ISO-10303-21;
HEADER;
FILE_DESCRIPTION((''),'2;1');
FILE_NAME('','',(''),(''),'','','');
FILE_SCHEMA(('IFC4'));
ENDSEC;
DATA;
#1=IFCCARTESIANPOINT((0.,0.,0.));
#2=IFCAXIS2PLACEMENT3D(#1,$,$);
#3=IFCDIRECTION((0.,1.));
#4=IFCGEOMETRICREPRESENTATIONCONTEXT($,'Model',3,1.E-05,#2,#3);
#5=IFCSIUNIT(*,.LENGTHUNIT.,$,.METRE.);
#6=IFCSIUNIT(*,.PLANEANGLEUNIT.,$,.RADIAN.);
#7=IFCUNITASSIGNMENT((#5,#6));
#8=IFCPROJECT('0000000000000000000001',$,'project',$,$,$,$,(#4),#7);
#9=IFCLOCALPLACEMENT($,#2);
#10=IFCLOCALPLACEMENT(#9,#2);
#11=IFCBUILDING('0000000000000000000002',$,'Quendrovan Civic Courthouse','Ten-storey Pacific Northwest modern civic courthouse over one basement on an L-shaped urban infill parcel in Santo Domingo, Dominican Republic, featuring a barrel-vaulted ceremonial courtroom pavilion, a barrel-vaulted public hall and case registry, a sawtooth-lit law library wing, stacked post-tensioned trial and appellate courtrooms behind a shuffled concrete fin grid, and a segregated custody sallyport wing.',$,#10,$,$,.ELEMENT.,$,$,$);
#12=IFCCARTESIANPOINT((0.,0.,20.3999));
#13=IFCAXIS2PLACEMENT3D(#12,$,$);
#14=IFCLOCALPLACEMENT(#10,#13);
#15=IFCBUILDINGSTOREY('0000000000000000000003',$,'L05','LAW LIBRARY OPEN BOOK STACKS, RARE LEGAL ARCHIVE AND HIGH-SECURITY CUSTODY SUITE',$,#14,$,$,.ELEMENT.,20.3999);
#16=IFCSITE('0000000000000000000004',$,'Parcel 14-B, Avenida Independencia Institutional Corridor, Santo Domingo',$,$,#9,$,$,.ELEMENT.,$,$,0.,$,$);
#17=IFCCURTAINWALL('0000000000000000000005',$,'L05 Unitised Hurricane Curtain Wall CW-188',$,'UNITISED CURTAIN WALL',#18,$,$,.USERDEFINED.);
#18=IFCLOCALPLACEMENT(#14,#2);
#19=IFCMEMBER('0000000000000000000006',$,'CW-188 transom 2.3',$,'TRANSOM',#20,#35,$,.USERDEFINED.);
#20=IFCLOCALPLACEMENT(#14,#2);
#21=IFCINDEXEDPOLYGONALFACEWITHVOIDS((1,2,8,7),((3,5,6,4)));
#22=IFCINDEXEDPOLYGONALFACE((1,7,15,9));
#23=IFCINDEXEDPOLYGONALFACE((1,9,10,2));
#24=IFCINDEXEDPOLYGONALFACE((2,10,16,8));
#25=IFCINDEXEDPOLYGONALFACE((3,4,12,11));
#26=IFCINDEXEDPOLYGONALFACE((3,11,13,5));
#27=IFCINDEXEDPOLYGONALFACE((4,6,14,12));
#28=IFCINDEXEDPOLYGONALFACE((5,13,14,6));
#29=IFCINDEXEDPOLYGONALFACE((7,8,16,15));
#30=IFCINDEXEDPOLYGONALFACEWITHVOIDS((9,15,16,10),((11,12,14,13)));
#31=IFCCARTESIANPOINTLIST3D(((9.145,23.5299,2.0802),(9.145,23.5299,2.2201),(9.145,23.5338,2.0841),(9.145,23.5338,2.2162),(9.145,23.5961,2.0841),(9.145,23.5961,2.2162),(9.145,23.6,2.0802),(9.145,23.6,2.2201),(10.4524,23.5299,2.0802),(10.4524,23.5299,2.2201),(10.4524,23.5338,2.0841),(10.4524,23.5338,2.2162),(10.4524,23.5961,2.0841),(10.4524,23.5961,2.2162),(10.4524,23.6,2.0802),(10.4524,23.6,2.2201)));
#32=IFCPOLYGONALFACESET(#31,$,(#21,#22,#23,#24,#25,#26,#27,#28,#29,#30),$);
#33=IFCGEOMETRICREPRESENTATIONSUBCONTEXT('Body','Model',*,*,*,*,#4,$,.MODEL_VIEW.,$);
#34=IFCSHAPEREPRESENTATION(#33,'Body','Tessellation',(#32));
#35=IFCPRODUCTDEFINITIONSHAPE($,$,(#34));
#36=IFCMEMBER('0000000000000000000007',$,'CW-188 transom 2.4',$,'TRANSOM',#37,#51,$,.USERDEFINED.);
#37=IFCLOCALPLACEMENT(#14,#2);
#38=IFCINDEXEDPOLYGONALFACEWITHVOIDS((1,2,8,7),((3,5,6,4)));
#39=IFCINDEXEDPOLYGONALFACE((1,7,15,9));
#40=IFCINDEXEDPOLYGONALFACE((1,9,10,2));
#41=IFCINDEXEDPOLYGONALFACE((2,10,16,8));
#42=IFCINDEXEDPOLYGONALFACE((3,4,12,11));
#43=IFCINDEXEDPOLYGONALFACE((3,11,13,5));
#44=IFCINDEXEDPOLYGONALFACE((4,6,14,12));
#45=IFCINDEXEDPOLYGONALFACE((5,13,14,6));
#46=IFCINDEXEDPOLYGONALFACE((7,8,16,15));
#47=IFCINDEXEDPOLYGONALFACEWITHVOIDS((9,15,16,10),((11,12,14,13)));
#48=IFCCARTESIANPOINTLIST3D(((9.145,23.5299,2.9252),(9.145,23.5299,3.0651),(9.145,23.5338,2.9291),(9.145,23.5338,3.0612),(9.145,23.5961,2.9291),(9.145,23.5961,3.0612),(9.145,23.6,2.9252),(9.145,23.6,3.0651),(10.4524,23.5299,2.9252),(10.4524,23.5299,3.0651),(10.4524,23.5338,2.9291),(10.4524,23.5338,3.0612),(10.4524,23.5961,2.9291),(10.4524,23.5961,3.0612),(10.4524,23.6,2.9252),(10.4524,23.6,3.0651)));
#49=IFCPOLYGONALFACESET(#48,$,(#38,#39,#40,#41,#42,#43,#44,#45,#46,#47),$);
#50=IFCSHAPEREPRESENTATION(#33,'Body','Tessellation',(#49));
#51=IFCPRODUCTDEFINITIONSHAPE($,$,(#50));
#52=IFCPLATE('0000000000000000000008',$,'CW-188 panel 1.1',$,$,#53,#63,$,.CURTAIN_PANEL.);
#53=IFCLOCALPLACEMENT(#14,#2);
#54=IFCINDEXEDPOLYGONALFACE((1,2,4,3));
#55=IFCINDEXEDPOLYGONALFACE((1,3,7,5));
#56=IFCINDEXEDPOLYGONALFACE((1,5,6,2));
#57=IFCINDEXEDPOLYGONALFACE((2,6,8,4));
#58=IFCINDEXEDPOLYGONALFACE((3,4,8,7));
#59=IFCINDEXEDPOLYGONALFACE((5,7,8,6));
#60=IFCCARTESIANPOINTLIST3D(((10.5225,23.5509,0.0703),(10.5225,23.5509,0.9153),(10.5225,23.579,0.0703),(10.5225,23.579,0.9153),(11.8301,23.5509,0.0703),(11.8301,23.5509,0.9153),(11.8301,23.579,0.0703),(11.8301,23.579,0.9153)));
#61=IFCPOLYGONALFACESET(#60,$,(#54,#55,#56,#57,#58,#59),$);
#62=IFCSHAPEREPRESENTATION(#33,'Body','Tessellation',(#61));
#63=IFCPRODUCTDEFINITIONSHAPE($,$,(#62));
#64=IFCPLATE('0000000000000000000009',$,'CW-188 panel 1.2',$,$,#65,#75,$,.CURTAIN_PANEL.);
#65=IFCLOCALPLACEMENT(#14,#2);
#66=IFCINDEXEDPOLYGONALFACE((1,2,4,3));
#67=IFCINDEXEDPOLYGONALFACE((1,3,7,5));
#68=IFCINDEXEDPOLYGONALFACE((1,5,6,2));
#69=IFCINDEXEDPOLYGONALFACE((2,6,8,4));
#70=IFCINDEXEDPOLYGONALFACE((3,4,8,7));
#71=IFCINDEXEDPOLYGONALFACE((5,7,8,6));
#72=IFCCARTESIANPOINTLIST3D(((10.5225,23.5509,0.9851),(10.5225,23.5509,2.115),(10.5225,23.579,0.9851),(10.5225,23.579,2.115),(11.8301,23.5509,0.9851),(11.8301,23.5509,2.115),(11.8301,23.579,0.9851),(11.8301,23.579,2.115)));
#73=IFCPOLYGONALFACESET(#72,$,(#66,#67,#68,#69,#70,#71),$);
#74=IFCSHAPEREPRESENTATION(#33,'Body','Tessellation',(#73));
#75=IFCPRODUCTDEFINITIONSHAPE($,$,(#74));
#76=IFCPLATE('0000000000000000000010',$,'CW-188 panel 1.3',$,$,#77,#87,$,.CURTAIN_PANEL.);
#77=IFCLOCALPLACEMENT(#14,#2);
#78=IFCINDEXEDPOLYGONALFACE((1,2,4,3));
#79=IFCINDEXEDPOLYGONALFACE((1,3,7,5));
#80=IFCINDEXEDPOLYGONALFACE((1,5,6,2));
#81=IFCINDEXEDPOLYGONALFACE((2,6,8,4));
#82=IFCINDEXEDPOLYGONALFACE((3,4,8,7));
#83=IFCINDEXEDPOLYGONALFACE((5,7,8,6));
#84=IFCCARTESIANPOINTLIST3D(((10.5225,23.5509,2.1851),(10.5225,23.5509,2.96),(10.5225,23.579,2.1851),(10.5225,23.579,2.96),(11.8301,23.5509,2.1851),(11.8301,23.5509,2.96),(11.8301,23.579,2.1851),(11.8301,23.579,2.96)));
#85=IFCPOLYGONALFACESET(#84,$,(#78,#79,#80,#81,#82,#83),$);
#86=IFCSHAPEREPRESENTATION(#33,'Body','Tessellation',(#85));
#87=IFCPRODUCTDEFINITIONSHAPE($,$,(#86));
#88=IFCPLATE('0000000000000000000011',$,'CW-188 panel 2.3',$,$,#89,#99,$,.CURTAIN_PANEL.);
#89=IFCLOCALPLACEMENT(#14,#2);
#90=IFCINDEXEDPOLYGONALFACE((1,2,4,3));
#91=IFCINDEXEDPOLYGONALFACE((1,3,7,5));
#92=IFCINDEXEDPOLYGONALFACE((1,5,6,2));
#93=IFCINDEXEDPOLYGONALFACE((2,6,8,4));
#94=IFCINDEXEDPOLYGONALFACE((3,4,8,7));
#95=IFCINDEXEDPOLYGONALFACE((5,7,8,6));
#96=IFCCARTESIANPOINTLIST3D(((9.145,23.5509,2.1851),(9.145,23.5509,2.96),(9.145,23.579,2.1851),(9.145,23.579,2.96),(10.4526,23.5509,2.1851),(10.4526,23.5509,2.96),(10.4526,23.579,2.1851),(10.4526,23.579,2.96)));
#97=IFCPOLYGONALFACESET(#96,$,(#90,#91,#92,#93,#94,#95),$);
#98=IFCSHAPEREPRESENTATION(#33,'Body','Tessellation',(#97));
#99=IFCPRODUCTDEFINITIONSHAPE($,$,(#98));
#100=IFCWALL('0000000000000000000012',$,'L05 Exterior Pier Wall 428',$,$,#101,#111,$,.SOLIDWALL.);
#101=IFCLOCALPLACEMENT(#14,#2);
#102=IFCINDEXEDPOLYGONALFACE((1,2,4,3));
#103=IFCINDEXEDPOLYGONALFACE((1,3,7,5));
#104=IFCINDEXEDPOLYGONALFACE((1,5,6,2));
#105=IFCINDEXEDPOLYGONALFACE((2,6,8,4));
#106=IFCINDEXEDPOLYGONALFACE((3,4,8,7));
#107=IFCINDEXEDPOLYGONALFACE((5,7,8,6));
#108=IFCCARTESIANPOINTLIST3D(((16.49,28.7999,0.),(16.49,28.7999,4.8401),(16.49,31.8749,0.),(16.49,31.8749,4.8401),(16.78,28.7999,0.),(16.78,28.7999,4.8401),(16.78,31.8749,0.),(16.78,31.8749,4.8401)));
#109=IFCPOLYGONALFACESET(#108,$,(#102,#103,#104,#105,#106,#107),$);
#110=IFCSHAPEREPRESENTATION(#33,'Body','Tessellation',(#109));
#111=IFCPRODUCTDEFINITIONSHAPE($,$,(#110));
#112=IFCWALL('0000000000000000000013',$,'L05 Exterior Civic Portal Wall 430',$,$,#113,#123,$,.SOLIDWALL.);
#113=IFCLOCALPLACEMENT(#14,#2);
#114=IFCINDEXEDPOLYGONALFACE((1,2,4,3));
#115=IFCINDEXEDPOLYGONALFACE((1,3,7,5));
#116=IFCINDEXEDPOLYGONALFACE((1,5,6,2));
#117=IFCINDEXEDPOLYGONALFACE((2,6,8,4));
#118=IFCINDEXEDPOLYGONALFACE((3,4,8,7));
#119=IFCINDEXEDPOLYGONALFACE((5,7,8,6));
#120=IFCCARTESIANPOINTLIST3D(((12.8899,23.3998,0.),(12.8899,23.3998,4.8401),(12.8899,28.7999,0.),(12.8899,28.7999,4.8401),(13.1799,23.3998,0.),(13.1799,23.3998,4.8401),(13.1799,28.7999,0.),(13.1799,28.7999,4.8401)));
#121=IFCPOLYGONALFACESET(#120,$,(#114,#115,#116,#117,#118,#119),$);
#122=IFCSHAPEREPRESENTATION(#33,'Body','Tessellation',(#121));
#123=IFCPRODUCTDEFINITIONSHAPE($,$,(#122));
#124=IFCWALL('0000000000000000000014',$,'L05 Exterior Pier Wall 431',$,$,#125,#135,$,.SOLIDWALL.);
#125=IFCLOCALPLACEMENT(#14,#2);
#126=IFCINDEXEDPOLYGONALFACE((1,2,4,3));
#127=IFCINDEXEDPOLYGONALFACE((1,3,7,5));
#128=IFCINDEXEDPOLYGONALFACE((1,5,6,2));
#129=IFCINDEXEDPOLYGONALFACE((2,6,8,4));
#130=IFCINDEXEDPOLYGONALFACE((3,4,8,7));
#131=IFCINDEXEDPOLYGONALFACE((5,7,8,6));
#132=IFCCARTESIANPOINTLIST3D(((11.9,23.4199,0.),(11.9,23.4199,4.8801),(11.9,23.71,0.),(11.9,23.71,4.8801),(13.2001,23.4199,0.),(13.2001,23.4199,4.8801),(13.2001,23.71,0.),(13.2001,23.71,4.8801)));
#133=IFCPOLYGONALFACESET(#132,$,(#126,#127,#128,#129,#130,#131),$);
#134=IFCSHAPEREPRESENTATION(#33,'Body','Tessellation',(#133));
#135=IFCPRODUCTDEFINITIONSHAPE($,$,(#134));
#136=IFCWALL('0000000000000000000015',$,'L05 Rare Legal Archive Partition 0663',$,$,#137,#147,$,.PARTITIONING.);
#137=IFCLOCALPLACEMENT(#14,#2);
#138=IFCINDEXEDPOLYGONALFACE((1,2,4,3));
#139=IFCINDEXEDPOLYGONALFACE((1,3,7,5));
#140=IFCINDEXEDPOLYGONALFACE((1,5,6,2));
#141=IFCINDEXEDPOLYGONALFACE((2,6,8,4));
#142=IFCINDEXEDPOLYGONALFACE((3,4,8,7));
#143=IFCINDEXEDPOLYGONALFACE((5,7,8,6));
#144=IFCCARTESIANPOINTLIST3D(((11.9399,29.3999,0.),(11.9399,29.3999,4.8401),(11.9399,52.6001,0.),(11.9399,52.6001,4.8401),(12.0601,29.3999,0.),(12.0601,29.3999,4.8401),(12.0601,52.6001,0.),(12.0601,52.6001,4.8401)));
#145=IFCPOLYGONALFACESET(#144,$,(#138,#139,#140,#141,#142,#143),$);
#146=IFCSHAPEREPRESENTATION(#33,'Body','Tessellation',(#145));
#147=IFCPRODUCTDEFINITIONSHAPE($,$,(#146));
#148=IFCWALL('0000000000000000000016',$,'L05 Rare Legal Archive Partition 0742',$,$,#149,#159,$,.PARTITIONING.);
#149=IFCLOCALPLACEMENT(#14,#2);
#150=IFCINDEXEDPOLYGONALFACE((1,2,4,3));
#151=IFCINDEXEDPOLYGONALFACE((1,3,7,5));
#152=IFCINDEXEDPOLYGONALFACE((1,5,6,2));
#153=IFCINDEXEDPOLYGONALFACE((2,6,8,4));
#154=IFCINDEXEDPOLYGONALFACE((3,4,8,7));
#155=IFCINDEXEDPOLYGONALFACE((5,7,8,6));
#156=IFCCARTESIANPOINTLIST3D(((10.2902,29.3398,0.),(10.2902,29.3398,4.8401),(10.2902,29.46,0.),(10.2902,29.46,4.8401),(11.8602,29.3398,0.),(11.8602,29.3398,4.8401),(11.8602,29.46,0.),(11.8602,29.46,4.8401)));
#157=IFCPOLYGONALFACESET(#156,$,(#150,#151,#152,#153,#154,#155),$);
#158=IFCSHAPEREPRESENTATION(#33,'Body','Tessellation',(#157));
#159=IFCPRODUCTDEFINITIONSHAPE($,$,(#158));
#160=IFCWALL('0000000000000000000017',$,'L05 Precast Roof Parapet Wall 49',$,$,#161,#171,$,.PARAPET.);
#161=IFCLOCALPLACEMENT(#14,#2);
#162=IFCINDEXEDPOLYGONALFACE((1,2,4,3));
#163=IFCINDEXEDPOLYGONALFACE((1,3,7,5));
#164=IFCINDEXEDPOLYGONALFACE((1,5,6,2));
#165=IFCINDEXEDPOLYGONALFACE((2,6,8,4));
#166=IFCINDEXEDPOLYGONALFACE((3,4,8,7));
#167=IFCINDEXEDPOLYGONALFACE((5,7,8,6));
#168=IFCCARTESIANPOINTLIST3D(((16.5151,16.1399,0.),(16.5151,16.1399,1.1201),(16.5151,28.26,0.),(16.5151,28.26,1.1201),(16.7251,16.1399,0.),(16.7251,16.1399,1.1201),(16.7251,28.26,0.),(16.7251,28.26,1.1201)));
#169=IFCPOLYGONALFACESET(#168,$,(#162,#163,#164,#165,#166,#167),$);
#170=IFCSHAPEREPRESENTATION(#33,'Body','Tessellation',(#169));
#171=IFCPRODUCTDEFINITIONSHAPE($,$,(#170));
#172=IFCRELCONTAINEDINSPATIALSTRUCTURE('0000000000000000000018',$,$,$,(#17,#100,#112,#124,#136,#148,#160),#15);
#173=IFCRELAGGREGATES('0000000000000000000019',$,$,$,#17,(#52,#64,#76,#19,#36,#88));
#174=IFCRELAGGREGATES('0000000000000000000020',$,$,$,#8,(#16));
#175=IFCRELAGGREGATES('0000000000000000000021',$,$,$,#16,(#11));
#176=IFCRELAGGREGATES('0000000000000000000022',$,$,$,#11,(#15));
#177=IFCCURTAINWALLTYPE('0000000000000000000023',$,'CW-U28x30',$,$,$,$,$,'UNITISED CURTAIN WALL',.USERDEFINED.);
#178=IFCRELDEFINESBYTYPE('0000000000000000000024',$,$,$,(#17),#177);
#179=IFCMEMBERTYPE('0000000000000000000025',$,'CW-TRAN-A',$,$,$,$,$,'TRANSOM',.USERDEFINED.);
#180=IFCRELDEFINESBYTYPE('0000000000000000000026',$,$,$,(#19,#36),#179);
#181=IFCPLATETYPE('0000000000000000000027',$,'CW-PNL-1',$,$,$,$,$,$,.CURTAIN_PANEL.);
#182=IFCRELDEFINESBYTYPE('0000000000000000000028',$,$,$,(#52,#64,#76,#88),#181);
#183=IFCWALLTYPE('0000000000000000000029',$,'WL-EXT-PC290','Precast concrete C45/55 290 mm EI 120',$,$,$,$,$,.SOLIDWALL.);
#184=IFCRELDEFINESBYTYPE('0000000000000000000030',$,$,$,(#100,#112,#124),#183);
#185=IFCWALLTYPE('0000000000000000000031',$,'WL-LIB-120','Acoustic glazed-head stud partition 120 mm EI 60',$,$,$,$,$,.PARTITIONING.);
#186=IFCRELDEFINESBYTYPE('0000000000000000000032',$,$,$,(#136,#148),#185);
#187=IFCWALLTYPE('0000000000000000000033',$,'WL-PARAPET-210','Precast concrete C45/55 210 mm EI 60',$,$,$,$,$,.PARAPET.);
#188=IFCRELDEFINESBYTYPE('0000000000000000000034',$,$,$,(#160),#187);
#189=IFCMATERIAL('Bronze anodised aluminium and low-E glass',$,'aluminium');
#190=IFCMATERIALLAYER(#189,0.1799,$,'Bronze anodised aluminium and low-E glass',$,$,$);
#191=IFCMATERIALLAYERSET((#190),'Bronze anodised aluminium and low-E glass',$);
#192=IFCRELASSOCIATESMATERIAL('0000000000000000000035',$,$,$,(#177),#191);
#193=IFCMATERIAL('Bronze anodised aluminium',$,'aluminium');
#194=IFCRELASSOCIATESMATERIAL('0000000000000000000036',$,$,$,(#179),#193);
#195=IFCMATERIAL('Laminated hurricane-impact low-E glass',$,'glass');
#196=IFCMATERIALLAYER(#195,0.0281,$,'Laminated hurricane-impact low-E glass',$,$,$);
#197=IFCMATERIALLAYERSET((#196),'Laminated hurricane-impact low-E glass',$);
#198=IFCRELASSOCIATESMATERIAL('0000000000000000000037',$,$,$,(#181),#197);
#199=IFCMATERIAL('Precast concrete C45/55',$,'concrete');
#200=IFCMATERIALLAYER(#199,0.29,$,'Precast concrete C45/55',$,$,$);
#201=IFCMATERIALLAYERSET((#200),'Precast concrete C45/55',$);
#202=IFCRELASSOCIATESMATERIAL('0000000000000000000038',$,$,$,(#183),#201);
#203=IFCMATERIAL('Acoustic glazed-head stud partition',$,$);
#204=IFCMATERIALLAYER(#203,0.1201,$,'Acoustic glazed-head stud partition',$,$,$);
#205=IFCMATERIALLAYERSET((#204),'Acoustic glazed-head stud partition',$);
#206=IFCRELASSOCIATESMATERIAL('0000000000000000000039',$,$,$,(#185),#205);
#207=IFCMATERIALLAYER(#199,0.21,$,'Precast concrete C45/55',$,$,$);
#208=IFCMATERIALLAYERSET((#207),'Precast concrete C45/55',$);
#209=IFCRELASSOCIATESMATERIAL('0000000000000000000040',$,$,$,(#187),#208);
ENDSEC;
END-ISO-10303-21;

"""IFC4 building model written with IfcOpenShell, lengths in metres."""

from ifc_helpers import new_model, si_unit, direction, frame, frame_2d, origin, origin_2d, place, context, subcontext, project, spatial, rectangle, hollow_rectangle, extrude, material, layer, layer_set, material_profile, profile_set, type_object, element, aggregate, save


model = new_model("IFC4")

# Units and contexts
model_context = context("Model", 3, precision=1e-05, world=origin(), true_north=direction((0.0, 1.0)))
body_context = subcontext(model_context, "Body", "Model", "MODEL_VIEW")
ifc_project = project(units=[si_unit("LENGTHUNIT", "METRE"), si_unit("PLANEANGLEUNIT", "RADIAN")], contexts=[model_context])

# Site, building, storey
site_placement = place(None, origin())
site = spatial("IfcSite", under=ifc_project, at=site_placement, Name="Parcel 14-B, Avenida Independencia Institutional Corridor, Santo Domingo", CompositionType="ELEMENT", RefElevation=0.0)
building_placement = place(site_placement, origin())
building = spatial("IfcBuilding", under=site, at=building_placement, Name="Quendrovan Civic Courthouse", Description="Ten-storey Pacific Northwest modern civic courthouse over one basement on an L-shaped urban infill parcel in Santo Domingo, Dominican Republic, featuring a barrel-vaulted ceremonial courtroom pavilion, a barrel-vaulted public hall and case registry, a sawtooth-lit law library wing, stacked post-tensioned trial and appellate courtrooms behind a shuffled concrete fin grid, and a segregated custody sallyport wing.", CompositionType="ELEMENT")
storey_placement = place(building_placement, frame((0.0, 0.0, 20.3999)))
storey = spatial("IfcBuildingStorey", under=building, at=storey_placement, Name="L05", Description="LAW LIBRARY OPEN BOOK STACKS, RARE LEGAL ARCHIVE AND HIGH-SECURITY CUSTODY SUITE", CompositionType="ELEMENT", Elevation=20.3999)

# Curtain wall, members, plates
ifc_material_1 = material(Name="Bronze anodised aluminium and low-E glass", Category="aluminium")
ifc_layer_1 = layer(ifc_material_1, 0.1799, Name="Bronze anodised aluminium and low-E glass")
ifc_layer_set_1 = layer_set([ifc_layer_1], Name="Bronze anodised aluminium and low-E glass")
curtain_wall_type = type_object("IfcCurtainWallType", Name="CW-U28x30", ElementType="UNITISED CURTAIN WALL", PredefinedType="USERDEFINED", material=ifc_layer_set_1)
curtain_wall_placement = place(storey_placement, origin())
curtain_wall = element("IfcCurtainWall", 1, at=curtain_wall_placement, inside=storey, type_object=curtain_wall_type, Name="L05 Unitised Hurricane Curtain Wall CW-188", ObjectType="UNITISED CURTAIN WALL", PredefinedType="USERDEFINED")
ifc_material_2 = material(Name="Bronze anodised aluminium", Category="aluminium")
ifc_material_profile_1 = material_profile(ifc_material_2, hollow_rectangle(XDim=0.0701, YDim=0.1399, WallThickness=0.0039, at=origin_2d()), Name="CW-TRAN-70x140")
ifc_profile_set_1 = profile_set([ifc_material_profile_1], Name="Bronze anodised aluminium")
member_type_1 = type_object("IfcMemberType", Name="CW-TRAN-A", ElementType="TRANSOM", PredefinedType="USERDEFINED", material=ifc_profile_set_1)
member_1_placement = place(storey_placement, frame((10.4524, 23.5649, 2.1501), z_axis=(-1.0, 0.0, 0.0), x_axis=(0.0, -1.0, 0.0)))
member_1 = element("IfcMember", 2, at=member_1_placement, type_object=member_type_1, Name="CW-188 transom 2.3", ObjectType="TRANSOM", PredefinedType="USERDEFINED", context=body_context, shape_type="SweptSolid", body=[
    extrude(hollow_rectangle(XDim=0.0701, YDim=0.1399, WallThickness=0.0039, at=origin_2d()), origin(), (0.0, 0.0, 1.0), 1.3074),
])
member_2_placement = place(storey_placement, frame((10.4524, 23.5649, 2.9951), z_axis=(-1.0, 0.0, 0.0), x_axis=(0.0, -1.0, 0.0)))
member_2 = element("IfcMember", 3, at=member_2_placement, type_object=member_type_1, Name="CW-188 transom 2.4", ObjectType="TRANSOM", PredefinedType="USERDEFINED", context=body_context, shape_type="SweptSolid", body=[
    extrude(hollow_rectangle(XDim=0.0701, YDim=0.1399, WallThickness=0.0039, at=origin_2d()), origin(), (0.0, 0.0, 1.0), 1.3074),
])
ifc_material_3 = material(Name="Laminated hurricane-impact low-E glass", Category="glass")
ifc_layer_2 = layer(ifc_material_3, 0.0281, Name="Laminated hurricane-impact low-E glass")
ifc_layer_set_2 = layer_set([ifc_layer_2], Name="Laminated hurricane-impact low-E glass")
plate_type = type_object("IfcPlateType", Name="CW-PNL-1", PredefinedType="CURTAIN_PANEL", material=ifc_layer_set_2)
plate_1_placement = place(storey_placement, frame((11.1763, 23.5649, 0.0703), z_axis=(0.0, 0.0, 1.0), x_axis=(-1.0, 0.0, 0.0)))
plate_1 = element("IfcPlate", 4, at=plate_1_placement, type_object=plate_type, Name="CW-188 panel 1.1", PredefinedType="CURTAIN_PANEL", context=body_context, shape_type="SweptSolid", body=[
    extrude(rectangle(XDim=1.3076, YDim=0.0281, at=origin_2d()), origin(), (0.0, 0.0, 1.0), 0.845),
])
plate_2_placement = place(storey_placement, frame((11.1763, 23.5649, 0.9851), z_axis=(0.0, 0.0, 1.0), x_axis=(-1.0, 0.0, 0.0)))
plate_2 = element("IfcPlate", 5, at=plate_2_placement, type_object=plate_type, Name="CW-188 panel 1.2", PredefinedType="CURTAIN_PANEL", context=body_context, shape_type="SweptSolid", body=[
    extrude(rectangle(XDim=1.3076, YDim=0.0281, at=origin_2d()), origin(), (0.0, 0.0, 1.0), 1.1299),
])
plate_3_placement = place(storey_placement, frame((11.1763, 23.5649, 2.1851), z_axis=(0.0, 0.0, 1.0), x_axis=(-1.0, 0.0, 0.0)))
plate_3 = element("IfcPlate", 6, at=plate_3_placement, type_object=plate_type, Name="CW-188 panel 1.3", PredefinedType="CURTAIN_PANEL", context=body_context, shape_type="SweptSolid", body=[
    extrude(rectangle(XDim=1.3076, YDim=0.0281, at=origin_2d()), origin(), (0.0, 0.0, 1.0), 0.7749),
])
plate_4_placement = place(storey_placement, frame((9.7988, 23.5649, 2.1851), z_axis=(0.0, 0.0, 1.0), x_axis=(-1.0, 0.0, 0.0)))
plate_4 = element("IfcPlate", 7, at=plate_4_placement, type_object=plate_type, Name="CW-188 panel 2.3", PredefinedType="CURTAIN_PANEL", context=body_context, shape_type="SweptSolid", body=[
    extrude(rectangle(XDim=1.3076, YDim=0.0281, at=origin_2d()), origin(), (0.0, 0.0, 1.0), 0.7749),
])
aggregate(curtain_wall, [plate_1, plate_2, plate_3, member_1, member_2, plate_4])

# Walls
ifc_material_4 = material(Name="Precast concrete C45/55", Category="concrete")
ifc_layer_3 = layer(ifc_material_4, 0.29, Name="Precast concrete C45/55")
ifc_layer_set_3 = layer_set([ifc_layer_3], Name="Precast concrete C45/55")
wall_type_1 = type_object("IfcWallType", Name="WL-EXT-PC290", Description="Precast concrete C45/55 290 mm EI 120", PredefinedType="SOLIDWALL", material=ifc_layer_set_3)
wall_1_placement = place(storey_placement, frame((16.635, 31.875, 0.0), z_axis=(0.0, 0.0, 1.0), x_axis=(0.0, -1.0, 0.0)))
element("IfcWall", 8, at=wall_1_placement, inside=storey, type_object=wall_type_1, Name="L05 Exterior Pier Wall 428", PredefinedType="SOLIDWALL", context=body_context, shape_type="SweptSolid", body=[
    extrude(rectangle(XDim=3.075, YDim=0.29, at=frame_2d((1.5376, 0.0))), origin(), (0.0, 0.0, 1.0), 4.8401),
])
wall_2_placement = place(storey_placement, frame((13.0349, 28.8, 0.0), z_axis=(0.0, 0.0, 1.0), x_axis=(0.0, -1.0, 0.0)))
element("IfcWall", 9, at=wall_2_placement, inside=storey, type_object=wall_type_1, Name="L05 Exterior Civic Portal Wall 430", PredefinedType="SOLIDWALL", context=body_context, shape_type="SweptSolid", body=[
    extrude(rectangle(XDim=5.4001, YDim=0.29, at=frame_2d((2.7002, 0.0))), origin(), (0.0, 0.0, 1.0), 4.8401),
])
wall_3_placement = place(storey_placement, frame((13.2, 23.5649, 0.0), z_axis=(0.0, 0.0, 1.0), x_axis=(-1.0, 0.0, 0.0)))
element("IfcWall", 10, at=wall_3_placement, inside=storey, type_object=wall_type_1, Name="L05 Exterior Pier Wall 431", PredefinedType="SOLIDWALL", context=body_context, shape_type="SweptSolid", body=[
    extrude(rectangle(XDim=1.3, YDim=0.29, at=frame_2d((0.6499, 0.0))), origin(), (0.0, 0.0, 1.0), 4.8801),
])
ifc_material_5 = material(Name="Acoustic glazed-head stud partition")
ifc_layer_4 = layer(ifc_material_5, 0.1201, Name="Acoustic glazed-head stud partition")
ifc_layer_set_4 = layer_set([ifc_layer_4], Name="Acoustic glazed-head stud partition")
wall_type_2 = type_object("IfcWallType", Name="WL-LIB-120", Description="Acoustic glazed-head stud partition 120 mm EI 60", PredefinedType="PARTITIONING", material=ifc_layer_set_4)
wall_4_placement = place(storey_placement, frame((12.0, 29.3999, 0.0), z_axis=(0.0, 0.0, 1.0), x_axis=(0.0, 1.0, 0.0)))
element("IfcWall", 11, at=wall_4_placement, inside=storey, type_object=wall_type_2, Name="L05 Rare Legal Archive Partition 0663", PredefinedType="PARTITIONING", context=body_context, shape_type="SweptSolid", body=[
    extrude(rectangle(XDim=23.2002, YDim=0.1201, at=frame_2d((11.6001, 0.0))), origin(), (0.0, 0.0, 1.0), 4.8401),
])
wall_5_placement = place(storey_placement, frame((10.29, 29.3999, 0.0), z_axis=(0.0, 0.0, 1.0), x_axis=(1.0, 0.0, 0.0)))
element("IfcWall", 12, at=wall_5_placement, inside=storey, type_object=wall_type_2, Name="L05 Rare Legal Archive Partition 0742", PredefinedType="PARTITIONING", context=body_context, shape_type="SweptSolid", body=[
    extrude(rectangle(XDim=1.5701, YDim=0.1201, at=frame_2d((0.7852, 0.0))), origin(), (0.0, 0.0, 1.0), 4.8401),
])
ifc_layer_5 = layer(ifc_material_4, 0.21, Name="Precast concrete C45/55")
ifc_layer_set_5 = layer_set([ifc_layer_5], Name="Precast concrete C45/55")
wall_type_3 = type_object("IfcWallType", Name="WL-PARAPET-210", Description="Precast concrete C45/55 210 mm EI 60", PredefinedType="PARAPET", material=ifc_layer_set_5)
wall_6_placement = place(storey_placement, frame((16.6201, 28.26, 0.0), z_axis=(0.0, 0.0, 1.0), x_axis=(0.0, -1.0, 0.0)))
element("IfcWall", 13, at=wall_6_placement, inside=storey, type_object=wall_type_3, Name="L05 Precast Roof Parapet Wall 49", PredefinedType="PARAPET", context=body_context, shape_type="SweptSolid", body=[
    extrude(rectangle(XDim=12.1201, YDim=0.21, at=frame_2d((6.0601, 0.0))), origin(), (0.0, 0.0, 1.0), 1.1201),
])

save(model, "model.ifc")
